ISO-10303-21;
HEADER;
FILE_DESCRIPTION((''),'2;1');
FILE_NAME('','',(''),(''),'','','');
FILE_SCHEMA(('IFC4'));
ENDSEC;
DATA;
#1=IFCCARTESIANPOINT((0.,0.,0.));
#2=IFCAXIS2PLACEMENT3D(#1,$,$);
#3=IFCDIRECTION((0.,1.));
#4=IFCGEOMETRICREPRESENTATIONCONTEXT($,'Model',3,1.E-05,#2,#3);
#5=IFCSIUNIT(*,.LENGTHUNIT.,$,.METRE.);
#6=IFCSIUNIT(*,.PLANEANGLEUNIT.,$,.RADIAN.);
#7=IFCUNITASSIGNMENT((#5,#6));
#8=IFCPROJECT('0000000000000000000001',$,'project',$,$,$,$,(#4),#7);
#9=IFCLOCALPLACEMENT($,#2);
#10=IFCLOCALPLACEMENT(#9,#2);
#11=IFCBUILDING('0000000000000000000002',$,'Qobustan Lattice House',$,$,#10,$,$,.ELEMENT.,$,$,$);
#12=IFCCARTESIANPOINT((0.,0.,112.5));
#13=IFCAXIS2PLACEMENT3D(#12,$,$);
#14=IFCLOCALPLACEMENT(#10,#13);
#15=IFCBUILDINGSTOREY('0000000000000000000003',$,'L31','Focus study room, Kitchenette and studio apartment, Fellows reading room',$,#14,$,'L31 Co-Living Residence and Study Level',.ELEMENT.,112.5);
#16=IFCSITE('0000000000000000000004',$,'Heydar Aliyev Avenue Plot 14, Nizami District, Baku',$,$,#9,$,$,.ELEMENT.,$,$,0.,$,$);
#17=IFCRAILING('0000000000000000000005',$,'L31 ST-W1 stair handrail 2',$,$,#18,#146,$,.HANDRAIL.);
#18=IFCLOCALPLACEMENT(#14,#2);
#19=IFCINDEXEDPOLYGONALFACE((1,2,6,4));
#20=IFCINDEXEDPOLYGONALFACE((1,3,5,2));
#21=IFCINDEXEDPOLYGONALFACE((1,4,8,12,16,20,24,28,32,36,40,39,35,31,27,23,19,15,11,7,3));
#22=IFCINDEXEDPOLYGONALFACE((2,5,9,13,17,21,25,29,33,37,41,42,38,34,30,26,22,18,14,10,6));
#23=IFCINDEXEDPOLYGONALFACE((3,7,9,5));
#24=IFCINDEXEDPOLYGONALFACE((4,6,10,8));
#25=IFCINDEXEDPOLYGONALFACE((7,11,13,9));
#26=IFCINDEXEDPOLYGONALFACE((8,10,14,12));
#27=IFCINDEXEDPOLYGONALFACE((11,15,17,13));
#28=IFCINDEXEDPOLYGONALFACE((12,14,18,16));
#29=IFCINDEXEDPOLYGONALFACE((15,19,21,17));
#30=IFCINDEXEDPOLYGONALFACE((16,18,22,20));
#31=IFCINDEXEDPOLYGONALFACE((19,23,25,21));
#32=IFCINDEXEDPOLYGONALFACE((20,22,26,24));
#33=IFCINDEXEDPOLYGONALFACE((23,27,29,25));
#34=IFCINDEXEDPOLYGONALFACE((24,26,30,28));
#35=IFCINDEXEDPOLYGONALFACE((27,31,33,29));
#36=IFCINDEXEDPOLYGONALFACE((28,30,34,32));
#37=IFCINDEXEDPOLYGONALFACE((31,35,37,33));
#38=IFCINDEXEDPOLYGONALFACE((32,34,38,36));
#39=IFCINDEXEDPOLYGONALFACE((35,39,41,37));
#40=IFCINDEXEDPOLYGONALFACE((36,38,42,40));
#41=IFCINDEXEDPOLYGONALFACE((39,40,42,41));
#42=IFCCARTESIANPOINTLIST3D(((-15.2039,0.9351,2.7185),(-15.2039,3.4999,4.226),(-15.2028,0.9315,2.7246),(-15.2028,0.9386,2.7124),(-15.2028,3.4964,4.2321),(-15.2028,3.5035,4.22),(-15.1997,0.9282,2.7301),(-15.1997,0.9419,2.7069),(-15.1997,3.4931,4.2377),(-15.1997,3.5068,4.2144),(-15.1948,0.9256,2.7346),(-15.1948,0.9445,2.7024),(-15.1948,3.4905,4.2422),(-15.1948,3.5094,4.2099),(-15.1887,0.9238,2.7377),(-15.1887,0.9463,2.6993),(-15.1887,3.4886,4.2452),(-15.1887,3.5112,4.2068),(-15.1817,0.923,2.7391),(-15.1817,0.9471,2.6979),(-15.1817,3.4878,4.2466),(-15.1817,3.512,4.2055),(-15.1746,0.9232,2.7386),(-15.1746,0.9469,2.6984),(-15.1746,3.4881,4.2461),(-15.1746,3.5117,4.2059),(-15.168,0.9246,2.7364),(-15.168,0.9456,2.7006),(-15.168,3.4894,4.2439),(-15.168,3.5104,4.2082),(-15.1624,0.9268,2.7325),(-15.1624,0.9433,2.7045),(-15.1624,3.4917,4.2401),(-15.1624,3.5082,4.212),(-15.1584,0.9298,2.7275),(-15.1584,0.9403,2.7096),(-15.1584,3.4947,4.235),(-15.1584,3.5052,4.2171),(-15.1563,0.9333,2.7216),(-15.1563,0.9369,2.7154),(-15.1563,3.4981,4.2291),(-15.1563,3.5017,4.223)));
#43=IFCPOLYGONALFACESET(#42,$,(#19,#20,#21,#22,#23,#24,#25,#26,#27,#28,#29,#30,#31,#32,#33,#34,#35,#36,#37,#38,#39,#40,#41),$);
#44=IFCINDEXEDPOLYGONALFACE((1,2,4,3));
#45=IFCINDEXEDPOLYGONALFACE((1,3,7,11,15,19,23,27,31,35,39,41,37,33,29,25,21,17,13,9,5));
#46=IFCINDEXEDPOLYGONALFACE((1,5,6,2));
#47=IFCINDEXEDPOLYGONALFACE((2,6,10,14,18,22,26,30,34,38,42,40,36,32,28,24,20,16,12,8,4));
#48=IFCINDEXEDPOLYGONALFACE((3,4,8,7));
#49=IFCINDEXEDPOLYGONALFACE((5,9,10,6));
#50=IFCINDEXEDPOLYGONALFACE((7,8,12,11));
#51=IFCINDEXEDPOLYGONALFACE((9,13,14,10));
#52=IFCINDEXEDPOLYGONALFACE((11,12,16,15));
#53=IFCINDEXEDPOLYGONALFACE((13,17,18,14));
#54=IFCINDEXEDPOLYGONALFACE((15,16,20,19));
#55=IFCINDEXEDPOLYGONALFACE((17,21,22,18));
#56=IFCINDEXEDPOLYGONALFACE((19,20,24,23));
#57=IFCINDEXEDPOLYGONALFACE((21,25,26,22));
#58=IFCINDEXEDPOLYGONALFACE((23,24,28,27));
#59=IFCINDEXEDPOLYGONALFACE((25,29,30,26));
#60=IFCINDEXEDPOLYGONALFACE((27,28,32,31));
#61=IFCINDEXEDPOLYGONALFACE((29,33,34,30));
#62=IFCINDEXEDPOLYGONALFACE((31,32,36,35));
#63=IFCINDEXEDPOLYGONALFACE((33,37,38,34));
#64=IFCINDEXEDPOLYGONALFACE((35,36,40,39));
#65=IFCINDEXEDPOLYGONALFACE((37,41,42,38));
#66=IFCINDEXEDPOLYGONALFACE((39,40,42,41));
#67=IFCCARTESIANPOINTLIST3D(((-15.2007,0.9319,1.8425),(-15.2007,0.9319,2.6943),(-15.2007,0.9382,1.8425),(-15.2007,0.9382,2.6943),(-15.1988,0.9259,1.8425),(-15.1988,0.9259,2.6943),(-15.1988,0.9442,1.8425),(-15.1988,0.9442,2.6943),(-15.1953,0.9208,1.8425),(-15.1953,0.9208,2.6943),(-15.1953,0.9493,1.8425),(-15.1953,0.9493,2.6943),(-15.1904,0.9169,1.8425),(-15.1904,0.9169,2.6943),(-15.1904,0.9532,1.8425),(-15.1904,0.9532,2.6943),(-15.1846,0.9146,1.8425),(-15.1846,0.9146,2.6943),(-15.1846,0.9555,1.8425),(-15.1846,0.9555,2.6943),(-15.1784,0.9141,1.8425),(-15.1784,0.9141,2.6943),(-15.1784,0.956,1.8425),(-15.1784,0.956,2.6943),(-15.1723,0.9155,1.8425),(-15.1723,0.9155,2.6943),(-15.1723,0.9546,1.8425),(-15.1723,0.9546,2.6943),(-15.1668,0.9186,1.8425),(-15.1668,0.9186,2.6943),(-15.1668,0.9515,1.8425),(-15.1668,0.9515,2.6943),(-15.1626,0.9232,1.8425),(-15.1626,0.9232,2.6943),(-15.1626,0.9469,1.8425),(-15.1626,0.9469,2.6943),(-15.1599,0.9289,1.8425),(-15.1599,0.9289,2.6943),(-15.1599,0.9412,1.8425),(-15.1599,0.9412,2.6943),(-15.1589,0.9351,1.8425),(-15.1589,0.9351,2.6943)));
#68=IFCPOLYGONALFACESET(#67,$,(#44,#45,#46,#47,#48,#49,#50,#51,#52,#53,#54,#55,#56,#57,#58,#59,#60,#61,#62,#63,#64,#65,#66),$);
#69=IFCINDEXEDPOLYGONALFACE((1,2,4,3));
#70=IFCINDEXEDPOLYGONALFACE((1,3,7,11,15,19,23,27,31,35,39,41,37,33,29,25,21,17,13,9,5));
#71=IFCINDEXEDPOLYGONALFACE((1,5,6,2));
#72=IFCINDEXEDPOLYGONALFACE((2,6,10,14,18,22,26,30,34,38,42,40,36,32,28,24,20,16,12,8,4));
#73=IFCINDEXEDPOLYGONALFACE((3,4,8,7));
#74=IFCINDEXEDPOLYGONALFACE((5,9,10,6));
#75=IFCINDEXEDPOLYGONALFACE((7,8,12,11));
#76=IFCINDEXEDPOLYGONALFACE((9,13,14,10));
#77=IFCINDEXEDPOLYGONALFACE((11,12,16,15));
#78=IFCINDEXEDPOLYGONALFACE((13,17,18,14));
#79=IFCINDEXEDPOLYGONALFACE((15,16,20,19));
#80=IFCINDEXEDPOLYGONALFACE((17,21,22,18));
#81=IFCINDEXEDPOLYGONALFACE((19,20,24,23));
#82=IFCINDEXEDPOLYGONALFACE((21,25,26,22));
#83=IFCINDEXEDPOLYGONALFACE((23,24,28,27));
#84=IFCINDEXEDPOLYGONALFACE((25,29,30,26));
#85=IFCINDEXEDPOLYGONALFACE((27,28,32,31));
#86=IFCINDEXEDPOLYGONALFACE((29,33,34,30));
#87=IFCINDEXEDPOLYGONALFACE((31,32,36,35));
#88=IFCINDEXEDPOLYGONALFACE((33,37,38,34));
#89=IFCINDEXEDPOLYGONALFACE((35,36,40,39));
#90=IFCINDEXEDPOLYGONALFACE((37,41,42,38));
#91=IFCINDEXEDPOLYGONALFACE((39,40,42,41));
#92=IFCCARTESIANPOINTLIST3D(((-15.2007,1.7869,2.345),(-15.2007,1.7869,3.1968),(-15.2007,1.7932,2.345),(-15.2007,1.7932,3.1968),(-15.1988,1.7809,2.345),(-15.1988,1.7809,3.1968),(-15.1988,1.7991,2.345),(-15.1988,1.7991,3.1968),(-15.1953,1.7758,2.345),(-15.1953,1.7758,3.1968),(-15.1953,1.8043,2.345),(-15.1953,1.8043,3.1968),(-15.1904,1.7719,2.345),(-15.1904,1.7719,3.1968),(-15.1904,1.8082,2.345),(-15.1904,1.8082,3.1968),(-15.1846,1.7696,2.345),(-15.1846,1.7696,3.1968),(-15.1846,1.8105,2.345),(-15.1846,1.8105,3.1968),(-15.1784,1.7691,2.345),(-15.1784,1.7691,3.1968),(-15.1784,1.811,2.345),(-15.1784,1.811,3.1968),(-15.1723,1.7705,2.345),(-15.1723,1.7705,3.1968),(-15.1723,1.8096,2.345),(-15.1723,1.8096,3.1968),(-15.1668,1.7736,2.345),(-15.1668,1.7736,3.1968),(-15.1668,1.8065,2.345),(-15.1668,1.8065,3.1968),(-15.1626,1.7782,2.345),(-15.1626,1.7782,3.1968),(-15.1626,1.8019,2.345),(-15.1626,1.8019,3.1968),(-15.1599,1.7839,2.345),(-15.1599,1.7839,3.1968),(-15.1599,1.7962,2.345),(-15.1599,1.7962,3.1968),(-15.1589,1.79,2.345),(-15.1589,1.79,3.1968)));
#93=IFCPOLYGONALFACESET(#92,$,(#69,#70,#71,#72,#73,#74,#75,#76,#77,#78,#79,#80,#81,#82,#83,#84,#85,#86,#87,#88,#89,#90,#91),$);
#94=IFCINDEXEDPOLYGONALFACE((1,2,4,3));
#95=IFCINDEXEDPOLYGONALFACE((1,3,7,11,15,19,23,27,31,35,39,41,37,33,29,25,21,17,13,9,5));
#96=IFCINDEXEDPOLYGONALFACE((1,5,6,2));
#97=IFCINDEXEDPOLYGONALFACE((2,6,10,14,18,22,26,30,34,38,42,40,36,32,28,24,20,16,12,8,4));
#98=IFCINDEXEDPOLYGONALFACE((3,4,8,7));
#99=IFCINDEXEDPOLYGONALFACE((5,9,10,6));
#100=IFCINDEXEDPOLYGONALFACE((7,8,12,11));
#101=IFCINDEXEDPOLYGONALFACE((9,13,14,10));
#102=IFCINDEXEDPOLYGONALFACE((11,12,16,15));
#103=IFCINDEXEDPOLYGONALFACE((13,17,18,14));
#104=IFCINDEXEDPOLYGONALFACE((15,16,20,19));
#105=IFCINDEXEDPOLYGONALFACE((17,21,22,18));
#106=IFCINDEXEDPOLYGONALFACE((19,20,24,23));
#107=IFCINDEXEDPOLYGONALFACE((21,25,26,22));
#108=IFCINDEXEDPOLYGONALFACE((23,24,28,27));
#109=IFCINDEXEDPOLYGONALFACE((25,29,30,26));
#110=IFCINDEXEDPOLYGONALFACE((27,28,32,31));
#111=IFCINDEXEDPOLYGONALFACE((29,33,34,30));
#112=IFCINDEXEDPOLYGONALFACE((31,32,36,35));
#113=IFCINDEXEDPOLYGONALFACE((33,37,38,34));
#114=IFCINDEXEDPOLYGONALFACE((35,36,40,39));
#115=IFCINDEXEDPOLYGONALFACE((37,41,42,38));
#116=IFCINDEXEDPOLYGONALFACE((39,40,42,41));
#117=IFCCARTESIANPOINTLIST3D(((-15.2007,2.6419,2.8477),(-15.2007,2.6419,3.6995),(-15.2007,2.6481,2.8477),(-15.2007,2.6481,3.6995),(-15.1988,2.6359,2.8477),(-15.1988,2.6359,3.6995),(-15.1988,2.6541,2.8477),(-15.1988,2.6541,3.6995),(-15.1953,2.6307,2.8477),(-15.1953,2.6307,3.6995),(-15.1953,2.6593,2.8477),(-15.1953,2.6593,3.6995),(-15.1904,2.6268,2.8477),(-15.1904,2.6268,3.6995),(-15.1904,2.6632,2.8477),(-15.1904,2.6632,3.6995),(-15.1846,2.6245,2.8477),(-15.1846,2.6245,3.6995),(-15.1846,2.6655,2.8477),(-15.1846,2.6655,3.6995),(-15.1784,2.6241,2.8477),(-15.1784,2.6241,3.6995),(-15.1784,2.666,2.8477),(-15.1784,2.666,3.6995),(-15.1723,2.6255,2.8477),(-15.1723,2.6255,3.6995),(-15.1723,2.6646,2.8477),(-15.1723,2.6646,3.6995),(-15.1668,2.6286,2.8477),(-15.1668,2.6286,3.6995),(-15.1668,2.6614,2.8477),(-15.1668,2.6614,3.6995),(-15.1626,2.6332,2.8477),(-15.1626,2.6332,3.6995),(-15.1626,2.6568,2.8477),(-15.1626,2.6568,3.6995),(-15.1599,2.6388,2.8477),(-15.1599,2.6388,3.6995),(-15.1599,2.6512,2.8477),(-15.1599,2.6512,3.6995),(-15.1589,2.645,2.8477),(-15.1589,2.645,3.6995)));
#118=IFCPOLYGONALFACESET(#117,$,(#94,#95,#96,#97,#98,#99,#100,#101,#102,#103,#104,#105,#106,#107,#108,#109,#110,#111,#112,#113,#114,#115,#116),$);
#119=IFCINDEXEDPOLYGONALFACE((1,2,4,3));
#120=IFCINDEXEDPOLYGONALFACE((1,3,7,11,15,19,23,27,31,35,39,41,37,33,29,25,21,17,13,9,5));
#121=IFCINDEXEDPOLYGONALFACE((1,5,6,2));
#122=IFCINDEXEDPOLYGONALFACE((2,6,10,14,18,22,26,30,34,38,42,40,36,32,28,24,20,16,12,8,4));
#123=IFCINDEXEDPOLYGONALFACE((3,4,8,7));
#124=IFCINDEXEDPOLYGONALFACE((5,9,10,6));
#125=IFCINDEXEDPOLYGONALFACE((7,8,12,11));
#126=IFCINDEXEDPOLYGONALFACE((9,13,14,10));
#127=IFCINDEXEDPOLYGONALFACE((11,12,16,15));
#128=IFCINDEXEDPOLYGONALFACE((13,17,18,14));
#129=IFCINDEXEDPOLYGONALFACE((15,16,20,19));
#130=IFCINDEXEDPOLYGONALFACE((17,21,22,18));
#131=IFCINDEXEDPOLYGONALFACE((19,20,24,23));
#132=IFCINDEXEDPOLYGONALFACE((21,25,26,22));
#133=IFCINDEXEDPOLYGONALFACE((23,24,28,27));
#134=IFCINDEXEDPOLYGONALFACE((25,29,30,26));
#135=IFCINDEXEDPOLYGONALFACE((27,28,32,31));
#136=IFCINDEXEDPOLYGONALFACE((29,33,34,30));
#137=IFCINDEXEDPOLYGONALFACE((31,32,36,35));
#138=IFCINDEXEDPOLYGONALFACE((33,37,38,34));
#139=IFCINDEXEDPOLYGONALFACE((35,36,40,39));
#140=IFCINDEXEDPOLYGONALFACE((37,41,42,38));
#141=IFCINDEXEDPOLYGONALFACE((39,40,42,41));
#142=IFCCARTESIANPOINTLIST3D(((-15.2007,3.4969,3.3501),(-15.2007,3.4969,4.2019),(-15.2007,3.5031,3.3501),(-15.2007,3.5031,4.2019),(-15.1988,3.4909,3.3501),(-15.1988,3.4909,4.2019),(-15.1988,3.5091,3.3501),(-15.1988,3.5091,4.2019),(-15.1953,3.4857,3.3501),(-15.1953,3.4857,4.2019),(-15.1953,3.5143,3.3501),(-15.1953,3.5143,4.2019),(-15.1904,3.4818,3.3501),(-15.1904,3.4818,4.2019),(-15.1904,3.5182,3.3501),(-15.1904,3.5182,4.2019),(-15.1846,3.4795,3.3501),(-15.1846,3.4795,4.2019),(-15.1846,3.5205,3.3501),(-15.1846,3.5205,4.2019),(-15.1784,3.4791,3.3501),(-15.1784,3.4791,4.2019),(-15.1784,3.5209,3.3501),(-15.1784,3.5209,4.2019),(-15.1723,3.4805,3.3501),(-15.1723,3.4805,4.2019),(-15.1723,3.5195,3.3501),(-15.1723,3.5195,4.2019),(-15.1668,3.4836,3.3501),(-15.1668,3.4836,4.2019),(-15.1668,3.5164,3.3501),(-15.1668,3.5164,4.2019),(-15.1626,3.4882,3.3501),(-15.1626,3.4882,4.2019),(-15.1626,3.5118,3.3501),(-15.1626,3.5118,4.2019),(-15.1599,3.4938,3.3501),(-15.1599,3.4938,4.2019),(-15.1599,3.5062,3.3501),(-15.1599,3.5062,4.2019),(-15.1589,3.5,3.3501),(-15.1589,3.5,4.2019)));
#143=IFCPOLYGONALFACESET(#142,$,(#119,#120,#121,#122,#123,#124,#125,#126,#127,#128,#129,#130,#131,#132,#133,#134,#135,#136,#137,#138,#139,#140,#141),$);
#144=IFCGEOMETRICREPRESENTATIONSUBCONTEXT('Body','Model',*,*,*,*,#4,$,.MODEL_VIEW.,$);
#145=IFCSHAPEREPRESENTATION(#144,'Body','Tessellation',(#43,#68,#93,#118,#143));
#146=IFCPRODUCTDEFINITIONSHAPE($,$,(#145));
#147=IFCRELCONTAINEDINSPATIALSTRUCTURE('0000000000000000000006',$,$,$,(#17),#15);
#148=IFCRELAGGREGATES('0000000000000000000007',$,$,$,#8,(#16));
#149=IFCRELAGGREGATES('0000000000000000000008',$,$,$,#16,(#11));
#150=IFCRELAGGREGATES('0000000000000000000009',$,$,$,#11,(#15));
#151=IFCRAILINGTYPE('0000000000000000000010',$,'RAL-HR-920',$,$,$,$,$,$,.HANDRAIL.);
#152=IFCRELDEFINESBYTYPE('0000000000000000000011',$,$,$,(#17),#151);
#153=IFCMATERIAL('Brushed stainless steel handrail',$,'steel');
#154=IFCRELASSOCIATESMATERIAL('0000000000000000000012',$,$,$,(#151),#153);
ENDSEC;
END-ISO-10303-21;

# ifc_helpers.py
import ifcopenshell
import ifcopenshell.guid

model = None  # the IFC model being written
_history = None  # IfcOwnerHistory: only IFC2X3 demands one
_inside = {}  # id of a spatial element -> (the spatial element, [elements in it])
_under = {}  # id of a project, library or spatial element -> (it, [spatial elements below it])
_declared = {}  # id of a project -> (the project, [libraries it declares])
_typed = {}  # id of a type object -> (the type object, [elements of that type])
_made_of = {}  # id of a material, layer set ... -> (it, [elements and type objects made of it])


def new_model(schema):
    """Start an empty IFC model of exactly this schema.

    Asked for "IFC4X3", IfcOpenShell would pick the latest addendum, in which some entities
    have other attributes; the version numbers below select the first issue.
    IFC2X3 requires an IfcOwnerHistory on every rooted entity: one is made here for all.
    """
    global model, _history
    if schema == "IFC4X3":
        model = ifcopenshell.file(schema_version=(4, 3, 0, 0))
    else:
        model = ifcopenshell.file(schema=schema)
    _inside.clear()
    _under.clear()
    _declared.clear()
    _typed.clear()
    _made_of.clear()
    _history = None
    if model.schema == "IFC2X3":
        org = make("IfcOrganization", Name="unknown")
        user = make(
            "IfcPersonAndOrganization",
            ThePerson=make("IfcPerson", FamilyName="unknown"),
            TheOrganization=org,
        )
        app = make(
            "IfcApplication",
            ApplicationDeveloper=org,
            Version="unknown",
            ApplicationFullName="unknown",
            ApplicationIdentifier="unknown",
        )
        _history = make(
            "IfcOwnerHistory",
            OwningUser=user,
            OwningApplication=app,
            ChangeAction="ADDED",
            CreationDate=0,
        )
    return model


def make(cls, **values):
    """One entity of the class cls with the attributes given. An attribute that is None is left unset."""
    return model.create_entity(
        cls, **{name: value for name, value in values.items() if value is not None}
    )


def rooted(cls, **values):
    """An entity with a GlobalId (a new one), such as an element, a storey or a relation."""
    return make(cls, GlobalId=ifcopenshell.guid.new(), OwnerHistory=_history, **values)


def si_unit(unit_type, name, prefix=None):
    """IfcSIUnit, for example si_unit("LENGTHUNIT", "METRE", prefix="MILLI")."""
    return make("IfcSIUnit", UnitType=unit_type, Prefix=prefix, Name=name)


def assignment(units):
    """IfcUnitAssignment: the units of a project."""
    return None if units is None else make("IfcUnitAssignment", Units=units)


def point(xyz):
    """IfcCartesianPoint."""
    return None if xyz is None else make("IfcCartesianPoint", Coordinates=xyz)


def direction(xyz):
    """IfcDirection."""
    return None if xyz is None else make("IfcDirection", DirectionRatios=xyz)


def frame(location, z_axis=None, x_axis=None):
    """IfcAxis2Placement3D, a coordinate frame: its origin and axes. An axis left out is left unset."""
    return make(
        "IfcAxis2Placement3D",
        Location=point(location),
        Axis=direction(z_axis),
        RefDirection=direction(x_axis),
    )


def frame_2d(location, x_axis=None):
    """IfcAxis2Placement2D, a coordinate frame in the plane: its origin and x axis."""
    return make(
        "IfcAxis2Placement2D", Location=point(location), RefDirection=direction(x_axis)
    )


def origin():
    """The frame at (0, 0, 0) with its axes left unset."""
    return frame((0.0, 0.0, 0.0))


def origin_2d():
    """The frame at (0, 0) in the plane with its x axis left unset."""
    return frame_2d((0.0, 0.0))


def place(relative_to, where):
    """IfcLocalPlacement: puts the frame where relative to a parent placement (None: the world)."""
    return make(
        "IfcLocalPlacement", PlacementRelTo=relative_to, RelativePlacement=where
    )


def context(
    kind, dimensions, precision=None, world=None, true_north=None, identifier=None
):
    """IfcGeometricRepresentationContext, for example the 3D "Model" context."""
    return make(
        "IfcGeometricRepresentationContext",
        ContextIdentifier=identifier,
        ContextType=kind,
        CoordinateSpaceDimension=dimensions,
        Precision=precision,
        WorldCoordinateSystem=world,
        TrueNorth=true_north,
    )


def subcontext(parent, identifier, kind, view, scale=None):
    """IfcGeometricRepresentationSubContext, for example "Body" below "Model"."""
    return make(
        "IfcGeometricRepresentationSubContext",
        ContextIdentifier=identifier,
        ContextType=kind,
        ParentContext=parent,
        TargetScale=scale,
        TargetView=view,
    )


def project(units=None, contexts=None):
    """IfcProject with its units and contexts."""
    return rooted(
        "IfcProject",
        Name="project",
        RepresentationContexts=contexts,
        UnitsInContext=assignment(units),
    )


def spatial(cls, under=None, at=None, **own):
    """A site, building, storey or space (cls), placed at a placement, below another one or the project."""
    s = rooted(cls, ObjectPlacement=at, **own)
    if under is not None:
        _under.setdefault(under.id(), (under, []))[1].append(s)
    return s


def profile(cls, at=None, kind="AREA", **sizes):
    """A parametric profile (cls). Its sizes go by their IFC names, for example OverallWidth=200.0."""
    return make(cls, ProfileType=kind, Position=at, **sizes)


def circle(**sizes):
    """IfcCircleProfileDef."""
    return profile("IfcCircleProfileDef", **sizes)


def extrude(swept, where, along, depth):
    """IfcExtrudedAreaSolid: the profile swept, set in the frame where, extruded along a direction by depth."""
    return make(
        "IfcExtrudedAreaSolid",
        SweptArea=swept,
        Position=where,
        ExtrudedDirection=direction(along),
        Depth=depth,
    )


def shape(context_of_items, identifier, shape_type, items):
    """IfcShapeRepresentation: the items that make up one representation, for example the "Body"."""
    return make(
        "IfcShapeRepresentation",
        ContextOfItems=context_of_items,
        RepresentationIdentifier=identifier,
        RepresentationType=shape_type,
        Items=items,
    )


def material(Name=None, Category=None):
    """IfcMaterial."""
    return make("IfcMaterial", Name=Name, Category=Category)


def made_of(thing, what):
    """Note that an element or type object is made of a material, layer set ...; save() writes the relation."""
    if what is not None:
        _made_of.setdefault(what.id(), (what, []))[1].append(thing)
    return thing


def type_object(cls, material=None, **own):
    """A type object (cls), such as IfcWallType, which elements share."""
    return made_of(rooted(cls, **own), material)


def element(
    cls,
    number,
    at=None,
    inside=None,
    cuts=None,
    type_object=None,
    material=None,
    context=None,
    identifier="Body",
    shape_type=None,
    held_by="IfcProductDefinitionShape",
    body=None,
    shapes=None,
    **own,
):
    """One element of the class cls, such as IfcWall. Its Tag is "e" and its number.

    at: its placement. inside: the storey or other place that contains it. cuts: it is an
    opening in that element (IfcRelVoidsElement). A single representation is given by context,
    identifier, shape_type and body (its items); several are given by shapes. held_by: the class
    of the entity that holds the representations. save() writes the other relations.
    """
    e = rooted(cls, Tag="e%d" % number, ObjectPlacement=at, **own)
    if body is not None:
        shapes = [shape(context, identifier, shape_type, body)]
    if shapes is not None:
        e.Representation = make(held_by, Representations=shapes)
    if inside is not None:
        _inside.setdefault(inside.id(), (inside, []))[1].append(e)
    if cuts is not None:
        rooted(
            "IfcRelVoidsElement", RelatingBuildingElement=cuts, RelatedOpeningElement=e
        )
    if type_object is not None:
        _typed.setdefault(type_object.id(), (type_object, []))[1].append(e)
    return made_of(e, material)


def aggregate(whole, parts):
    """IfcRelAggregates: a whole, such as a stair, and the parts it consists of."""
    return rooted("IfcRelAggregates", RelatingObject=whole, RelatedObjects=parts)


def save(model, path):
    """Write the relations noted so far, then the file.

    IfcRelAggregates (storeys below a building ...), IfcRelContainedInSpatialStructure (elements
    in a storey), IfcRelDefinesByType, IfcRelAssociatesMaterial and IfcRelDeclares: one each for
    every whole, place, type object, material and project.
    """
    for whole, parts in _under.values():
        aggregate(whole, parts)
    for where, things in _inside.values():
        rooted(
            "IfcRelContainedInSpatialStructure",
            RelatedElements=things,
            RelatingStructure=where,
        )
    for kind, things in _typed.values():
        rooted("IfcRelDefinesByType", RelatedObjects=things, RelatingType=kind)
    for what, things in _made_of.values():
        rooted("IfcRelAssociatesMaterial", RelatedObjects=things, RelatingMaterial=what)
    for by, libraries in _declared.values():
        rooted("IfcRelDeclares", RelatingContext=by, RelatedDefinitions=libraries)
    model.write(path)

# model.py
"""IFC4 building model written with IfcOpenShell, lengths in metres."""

from ifc_helpers import new_model, si_unit, direction, frame, origin, origin_2d, place, context, subcontext, project, spatial, circle, extrude, material, type_object, element, save


model = new_model("IFC4")

# Units and contexts
model_context = context("Model", 3, precision=1e-05, world=origin(), true_north=direction((0.0, 1.0)))
body_context = subcontext(model_context, "Body", "Model", "MODEL_VIEW")
ifc_project = project(units=[si_unit("LENGTHUNIT", "METRE"), si_unit("PLANEANGLEUNIT", "RADIAN")], contexts=[model_context])

# Site, building, storey
site_placement = place(None, origin())
site = spatial("IfcSite", under=ifc_project, at=site_placement, Name="Heydar Aliyev Avenue Plot 14, Nizami District, Baku", CompositionType="ELEMENT", RefElevation=0.0)
building_placement = place(site_placement, origin())
building = spatial("IfcBuilding", under=site, at=building_placement, Name="Qobustan Lattice House", CompositionType="ELEMENT")
storey_placement = place(building_placement, frame((0.0, 0.0, 112.5)))
storey = spatial("IfcBuildingStorey", under=building, at=storey_placement, Name="L31", Description="Focus study room, Kitchenette and studio apartment, Fellows reading room", LongName="L31 Co-Living Residence and Study Level", CompositionType="ELEMENT", Elevation=112.5)

# Railing
ifc_material_1 = material(Name="Brushed stainless steel handrail", Category="steel")
railing_type_1 = type_object("IfcRailingType", Name="RAL-HR-920", PredefinedType="HANDRAIL", material=ifc_material_1)
railing_1_placement = place(storey_placement, frame((-15.1799, 0.9351, 1.8425)))
element("IfcRailing", 1, at=railing_1_placement, inside=storey, type_object=railing_type_1, Name="L31 ST-W1 stair handrail 2", PredefinedType="HANDRAIL", context=body_context, shape_type="SweptSolid", body=[
    extrude(circle(Radius=0.0239, at=origin_2d()), frame((0.0, 0.0, 0.876), z_axis=(0.0, 0.862113, 0.506715), x_axis=(-1.0, 0.0, 0.0)), (0.0, 0.0, 1.0), 2.9751),
    extrude(circle(Radius=0.021, at=origin_2d()), origin(), (0.0, 0.0, 1.0), 0.8518),
    extrude(circle(Radius=0.021, at=origin_2d()), frame((0.0, 0.855, 0.5024)), (0.0, 0.0, 1.0), 0.8518),
    extrude(circle(Radius=0.021, at=origin_2d()), frame((0.0, 1.71, 1.0051)), (0.0, 0.0, 1.0), 0.8518),
    extrude(circle(Radius=0.021, at=origin_2d()), frame((0.0, 2.5649, 1.5076)), (0.0, 0.0, 1.0), 0.8518),
])

save(model, "model.ifc")
